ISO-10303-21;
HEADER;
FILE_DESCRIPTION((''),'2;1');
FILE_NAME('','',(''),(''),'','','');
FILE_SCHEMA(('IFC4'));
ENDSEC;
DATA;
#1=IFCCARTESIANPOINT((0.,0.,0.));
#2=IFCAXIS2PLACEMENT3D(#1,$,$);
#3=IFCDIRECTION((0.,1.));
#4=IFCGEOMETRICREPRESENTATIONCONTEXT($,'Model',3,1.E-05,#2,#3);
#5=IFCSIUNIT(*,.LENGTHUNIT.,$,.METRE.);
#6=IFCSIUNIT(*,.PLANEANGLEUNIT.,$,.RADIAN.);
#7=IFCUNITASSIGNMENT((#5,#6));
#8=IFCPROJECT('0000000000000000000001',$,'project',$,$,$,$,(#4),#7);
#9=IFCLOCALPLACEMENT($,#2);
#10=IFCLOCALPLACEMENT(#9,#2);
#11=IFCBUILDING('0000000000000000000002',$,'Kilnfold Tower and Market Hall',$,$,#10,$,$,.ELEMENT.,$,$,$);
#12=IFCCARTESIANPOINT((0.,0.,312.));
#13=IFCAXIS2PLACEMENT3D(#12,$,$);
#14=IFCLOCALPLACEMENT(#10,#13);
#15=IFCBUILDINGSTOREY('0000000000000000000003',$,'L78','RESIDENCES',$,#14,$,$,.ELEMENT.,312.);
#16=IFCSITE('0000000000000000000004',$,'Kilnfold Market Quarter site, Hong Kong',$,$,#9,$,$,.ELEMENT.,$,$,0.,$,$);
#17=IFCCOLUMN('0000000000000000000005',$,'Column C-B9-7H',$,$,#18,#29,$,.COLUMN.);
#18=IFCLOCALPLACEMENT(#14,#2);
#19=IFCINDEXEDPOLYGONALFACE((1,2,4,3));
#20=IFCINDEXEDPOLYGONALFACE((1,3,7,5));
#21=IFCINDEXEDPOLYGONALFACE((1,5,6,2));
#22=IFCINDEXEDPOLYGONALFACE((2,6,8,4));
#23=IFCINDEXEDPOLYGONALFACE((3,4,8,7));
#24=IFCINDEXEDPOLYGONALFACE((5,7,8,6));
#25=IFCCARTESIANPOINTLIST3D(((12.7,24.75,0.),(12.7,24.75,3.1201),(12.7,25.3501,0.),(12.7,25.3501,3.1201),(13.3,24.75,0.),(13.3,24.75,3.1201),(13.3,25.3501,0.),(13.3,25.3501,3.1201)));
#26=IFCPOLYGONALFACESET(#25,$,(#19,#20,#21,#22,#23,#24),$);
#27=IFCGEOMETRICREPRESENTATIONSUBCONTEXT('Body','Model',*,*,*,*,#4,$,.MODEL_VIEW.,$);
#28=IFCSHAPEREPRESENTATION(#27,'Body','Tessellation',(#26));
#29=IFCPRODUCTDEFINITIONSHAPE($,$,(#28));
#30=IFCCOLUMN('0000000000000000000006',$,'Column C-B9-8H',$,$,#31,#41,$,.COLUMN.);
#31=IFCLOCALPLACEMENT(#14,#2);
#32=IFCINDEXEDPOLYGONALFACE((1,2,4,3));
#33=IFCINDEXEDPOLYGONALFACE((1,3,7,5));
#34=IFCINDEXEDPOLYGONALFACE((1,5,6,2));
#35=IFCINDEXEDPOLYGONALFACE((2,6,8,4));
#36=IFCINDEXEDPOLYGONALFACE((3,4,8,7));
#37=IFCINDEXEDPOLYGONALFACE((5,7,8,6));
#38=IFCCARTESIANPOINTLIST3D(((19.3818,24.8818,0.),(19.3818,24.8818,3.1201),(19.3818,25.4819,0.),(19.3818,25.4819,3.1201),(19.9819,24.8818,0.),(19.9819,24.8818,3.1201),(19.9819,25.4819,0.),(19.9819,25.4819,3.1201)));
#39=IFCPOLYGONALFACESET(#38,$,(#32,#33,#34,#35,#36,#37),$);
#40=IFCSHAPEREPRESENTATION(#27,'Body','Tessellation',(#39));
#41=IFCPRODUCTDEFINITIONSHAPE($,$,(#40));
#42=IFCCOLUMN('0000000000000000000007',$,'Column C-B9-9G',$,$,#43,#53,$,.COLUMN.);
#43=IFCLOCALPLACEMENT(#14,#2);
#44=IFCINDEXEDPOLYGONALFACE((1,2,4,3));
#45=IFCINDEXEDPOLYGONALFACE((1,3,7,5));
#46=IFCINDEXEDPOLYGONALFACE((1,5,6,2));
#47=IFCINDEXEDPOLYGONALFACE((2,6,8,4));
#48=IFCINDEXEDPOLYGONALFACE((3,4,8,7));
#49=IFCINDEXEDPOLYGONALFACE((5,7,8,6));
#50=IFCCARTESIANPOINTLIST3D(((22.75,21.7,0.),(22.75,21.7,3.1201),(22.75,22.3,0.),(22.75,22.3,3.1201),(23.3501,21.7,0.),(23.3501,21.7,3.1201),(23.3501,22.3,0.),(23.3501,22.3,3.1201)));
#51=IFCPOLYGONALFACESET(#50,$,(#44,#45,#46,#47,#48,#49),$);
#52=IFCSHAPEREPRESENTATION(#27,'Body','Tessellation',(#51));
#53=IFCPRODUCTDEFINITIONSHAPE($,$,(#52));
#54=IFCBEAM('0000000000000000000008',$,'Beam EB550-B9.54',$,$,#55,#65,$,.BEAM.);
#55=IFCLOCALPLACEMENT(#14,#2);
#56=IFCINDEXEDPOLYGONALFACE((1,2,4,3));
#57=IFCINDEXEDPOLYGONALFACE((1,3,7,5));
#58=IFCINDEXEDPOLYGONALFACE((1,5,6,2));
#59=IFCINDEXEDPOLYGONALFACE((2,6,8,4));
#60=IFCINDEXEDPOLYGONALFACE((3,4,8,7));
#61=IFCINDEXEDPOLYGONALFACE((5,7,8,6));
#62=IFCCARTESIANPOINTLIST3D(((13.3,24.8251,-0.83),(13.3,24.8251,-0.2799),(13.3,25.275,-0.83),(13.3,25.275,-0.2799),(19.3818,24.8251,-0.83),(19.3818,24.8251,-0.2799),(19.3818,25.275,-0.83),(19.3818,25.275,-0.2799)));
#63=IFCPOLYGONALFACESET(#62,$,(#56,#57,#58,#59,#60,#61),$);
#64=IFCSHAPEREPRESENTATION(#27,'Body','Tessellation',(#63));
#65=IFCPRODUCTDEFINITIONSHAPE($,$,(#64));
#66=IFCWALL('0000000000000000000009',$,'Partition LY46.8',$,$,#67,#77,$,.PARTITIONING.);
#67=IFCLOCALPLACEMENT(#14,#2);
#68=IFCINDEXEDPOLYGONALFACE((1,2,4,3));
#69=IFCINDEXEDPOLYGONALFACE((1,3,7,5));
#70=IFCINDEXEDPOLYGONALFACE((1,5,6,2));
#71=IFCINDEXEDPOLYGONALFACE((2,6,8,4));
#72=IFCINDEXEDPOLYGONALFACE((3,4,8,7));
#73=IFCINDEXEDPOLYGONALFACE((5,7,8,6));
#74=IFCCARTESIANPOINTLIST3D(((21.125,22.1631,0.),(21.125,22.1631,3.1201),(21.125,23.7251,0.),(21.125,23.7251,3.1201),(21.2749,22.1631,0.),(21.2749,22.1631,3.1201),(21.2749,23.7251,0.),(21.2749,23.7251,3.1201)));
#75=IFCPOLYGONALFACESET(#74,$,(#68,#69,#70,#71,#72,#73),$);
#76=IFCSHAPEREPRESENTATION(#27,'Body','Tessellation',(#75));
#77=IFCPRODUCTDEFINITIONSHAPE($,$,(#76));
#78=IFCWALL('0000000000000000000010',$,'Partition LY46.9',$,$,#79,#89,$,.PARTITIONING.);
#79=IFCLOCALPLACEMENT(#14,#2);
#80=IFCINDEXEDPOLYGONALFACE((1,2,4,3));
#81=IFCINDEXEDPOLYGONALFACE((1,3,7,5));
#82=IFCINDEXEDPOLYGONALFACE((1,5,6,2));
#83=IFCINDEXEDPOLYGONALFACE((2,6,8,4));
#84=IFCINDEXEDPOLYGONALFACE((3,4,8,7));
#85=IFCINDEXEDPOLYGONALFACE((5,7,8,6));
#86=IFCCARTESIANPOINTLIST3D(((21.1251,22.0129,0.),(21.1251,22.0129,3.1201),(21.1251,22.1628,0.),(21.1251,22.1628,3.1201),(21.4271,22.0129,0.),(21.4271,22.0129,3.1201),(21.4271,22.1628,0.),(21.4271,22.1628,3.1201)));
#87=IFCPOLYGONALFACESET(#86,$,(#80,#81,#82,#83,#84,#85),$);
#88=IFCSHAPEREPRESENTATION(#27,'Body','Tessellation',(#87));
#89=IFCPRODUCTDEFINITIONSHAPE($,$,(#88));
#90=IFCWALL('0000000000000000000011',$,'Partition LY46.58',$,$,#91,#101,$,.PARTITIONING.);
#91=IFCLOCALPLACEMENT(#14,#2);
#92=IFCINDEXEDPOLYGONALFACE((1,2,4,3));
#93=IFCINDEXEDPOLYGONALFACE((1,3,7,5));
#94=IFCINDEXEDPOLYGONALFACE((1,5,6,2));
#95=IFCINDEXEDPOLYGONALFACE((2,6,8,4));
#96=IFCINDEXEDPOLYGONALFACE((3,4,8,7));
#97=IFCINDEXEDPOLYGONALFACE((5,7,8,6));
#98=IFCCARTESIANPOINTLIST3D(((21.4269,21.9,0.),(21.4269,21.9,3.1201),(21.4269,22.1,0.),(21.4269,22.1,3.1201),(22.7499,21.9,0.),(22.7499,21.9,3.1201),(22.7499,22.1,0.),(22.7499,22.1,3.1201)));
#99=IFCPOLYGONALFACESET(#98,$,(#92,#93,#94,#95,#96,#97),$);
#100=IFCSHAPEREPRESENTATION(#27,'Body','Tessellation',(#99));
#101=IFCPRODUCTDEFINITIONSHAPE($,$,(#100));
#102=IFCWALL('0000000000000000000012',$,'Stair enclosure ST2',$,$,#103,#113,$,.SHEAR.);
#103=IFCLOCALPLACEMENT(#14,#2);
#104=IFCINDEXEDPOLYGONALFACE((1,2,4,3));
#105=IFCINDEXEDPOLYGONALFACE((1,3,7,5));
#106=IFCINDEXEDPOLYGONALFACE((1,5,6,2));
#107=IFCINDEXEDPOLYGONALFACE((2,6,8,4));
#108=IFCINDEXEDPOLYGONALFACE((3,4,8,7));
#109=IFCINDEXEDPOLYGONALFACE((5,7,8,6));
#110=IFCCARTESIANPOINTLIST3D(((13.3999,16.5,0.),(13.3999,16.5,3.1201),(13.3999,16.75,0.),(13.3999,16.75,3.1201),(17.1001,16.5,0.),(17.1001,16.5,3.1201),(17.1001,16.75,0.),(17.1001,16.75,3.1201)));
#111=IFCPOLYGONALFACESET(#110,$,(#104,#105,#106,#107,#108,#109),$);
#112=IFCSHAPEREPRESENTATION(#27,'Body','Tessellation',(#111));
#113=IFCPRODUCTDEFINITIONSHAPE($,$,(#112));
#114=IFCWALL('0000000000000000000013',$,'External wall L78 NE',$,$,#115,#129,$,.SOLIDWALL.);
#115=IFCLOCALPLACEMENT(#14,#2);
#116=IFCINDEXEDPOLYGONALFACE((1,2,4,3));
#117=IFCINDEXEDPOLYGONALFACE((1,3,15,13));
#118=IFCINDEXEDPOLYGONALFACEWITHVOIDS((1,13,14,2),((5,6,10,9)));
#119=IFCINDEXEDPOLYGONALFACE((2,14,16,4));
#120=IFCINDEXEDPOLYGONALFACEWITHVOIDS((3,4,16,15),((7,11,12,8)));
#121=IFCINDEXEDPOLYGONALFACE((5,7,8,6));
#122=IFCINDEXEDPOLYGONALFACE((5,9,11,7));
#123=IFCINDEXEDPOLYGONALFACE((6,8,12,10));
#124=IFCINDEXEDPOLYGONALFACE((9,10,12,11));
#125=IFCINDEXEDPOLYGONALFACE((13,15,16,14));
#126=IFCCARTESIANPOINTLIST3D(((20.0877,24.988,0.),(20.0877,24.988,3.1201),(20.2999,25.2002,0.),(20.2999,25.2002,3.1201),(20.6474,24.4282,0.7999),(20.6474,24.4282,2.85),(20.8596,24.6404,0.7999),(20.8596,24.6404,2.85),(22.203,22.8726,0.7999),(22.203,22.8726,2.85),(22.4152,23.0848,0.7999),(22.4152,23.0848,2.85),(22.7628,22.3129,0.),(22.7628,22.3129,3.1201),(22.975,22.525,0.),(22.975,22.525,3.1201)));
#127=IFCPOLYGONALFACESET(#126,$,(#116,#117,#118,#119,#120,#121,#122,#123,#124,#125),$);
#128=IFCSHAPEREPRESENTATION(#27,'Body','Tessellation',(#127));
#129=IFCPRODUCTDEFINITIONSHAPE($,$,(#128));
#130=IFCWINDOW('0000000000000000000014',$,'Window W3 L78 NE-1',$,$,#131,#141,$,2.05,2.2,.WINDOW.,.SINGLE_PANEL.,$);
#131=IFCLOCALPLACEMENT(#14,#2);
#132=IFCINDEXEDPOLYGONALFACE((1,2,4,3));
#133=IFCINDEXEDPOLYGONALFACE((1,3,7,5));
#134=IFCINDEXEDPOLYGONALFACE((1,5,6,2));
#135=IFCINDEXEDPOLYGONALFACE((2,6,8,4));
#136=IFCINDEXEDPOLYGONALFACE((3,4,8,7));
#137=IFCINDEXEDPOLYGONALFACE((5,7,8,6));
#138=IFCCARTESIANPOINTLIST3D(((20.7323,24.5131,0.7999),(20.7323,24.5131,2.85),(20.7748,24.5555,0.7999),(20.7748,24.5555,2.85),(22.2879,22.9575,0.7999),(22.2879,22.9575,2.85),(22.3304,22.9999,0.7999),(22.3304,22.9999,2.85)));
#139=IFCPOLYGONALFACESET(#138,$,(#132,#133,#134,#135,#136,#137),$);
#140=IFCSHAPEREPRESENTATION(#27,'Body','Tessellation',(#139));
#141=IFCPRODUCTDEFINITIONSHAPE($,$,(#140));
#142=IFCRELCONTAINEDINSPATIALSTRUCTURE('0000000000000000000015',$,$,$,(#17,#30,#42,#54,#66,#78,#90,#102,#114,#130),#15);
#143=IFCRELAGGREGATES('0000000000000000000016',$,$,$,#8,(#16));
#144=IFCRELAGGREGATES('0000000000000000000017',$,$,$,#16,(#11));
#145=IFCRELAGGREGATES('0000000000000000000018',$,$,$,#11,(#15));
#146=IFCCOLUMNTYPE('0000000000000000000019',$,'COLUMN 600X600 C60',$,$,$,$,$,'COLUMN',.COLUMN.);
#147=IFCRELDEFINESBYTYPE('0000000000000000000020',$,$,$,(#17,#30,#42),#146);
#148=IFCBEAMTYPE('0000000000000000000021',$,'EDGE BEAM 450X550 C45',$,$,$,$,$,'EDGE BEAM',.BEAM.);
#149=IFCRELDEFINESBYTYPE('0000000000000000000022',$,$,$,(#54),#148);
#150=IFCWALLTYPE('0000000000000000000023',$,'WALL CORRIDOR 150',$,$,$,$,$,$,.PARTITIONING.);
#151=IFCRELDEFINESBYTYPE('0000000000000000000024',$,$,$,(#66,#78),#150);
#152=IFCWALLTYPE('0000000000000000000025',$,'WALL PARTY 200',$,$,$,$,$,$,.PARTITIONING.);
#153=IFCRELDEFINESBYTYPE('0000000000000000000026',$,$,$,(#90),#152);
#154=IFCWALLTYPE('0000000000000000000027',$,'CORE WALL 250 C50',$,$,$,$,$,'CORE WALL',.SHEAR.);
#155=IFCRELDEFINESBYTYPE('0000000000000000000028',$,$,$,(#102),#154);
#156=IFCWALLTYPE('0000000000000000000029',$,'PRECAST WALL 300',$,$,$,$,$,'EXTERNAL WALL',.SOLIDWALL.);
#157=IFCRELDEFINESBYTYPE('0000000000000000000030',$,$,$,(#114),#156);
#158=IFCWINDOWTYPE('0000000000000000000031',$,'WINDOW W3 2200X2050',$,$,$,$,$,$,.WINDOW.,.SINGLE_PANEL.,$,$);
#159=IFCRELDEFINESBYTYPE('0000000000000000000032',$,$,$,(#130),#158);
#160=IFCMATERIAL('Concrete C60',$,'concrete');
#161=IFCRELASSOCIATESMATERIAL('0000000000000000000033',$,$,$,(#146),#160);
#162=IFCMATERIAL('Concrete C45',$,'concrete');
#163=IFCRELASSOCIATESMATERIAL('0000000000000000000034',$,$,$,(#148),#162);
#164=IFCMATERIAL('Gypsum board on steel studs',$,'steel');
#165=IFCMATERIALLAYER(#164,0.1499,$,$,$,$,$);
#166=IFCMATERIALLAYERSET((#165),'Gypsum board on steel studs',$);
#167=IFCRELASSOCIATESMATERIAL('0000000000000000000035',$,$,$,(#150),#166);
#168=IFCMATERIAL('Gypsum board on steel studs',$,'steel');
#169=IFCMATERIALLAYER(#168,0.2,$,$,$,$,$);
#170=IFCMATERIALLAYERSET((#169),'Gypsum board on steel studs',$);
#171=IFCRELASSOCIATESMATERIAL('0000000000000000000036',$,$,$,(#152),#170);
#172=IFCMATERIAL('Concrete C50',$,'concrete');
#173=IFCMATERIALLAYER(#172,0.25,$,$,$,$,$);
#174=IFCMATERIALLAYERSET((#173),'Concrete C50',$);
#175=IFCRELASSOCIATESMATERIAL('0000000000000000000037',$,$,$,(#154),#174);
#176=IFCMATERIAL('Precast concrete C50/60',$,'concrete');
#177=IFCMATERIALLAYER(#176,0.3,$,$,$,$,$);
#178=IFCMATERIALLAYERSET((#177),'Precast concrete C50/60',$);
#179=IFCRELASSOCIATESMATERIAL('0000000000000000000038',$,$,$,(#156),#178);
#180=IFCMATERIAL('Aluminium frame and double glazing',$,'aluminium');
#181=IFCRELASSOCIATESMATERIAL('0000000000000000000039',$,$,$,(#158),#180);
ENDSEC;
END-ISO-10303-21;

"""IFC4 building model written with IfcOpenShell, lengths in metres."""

from ifc_helpers import new_model, si_unit, direction, frame, frame_2d, origin, origin_2d, place, context, subcontext, project, spatial, rectangle, extrude, source, transform, mapped, material, layer, layer_set, material_profile, profile_set, type_object, element, fill, save


model = new_model("IFC4")

# Units and contexts
model_context = context("Model", 3, precision=1e-05, world=origin(), true_north=direction((0.0, 1.0)))
body_context = subcontext(model_context, "Body", "Model", "MODEL_VIEW")
ifc_project = project(units=[si_unit("LENGTHUNIT", "METRE"), si_unit("PLANEANGLEUNIT", "RADIAN")], contexts=[model_context])

# Site, building, storey
site_placement = place(None, origin())
site = spatial("IfcSite", under=ifc_project, at=site_placement, Name="Kilnfold Market Quarter site, Hong Kong", CompositionType="ELEMENT", RefElevation=0.0)
building_placement = place(site_placement, origin())
building = spatial("IfcBuilding", under=site, at=building_placement, Name="Kilnfold Tower and Market Hall", CompositionType="ELEMENT")
storey_placement = place(building_placement, frame((0.0, 0.0, 312.0)))
storey = spatial("IfcBuildingStorey", under=building, at=storey_placement, Name="L78", Description="RESIDENCES", CompositionType="ELEMENT", Elevation=312.0)

# Columns
ifc_material_1 = material(Name="Concrete C60", Category="concrete")
ifc_material_profile_1 = material_profile(ifc_material_1, rectangle(XDim=0.6001, YDim=0.6001, at=origin_2d()), Name="RC 600x600")
ifc_profile_set_1 = profile_set([ifc_material_profile_1], Name="Concrete C60")
column_type = type_object("IfcColumnType", Name="COLUMN 600X600 C60", ElementType="COLUMN", PredefinedType="COLUMN", material=ifc_profile_set_1)
shared_shape_1 = source(origin(), body_context, "Body", "SweptSolid", [
    extrude(rectangle(XDim=0.6001, YDim=0.6001, at=origin_2d()), origin(), (0.0, 0.0, 1.0), 3.1201),
])
for number, where, z_axis, x_axis, name in (
    (1, (13.0, 25.05, 0.0), (0.0, 0.0, 1.0), (1.0, 0.0, 0.0), "Column C-B9-7H"),
    (2, (19.6819, 25.1819, 0.0), (0.0, 0.0, 1.0), (1.0, 0.0, 0.0), "Column C-B9-8H"),
    (3, (23.05, 22.0, 0.0), (0.0, 0.0, 1.0), (1.0, 0.0, 0.0), "Column C-B9-9G"),
):
    element("IfcColumn", number, at=place(storey_placement, frame(where, z_axis=z_axis, x_axis=x_axis)), inside=storey, type_object=column_type, Name=name, PredefinedType="COLUMN", context=body_context, shape_type="MappedRepresentation", body=[
        mapped(shared_shape_1, transform((0.0, 0.0, 0.0))),
    ])

# Beam
ifc_material_2 = material(Name="Concrete C45", Category="concrete")
ifc_material_profile_2 = material_profile(ifc_material_2, rectangle(XDim=0.45, YDim=0.55, at=origin_2d()), Name="RC 450x550")
ifc_profile_set_2 = profile_set([ifc_material_profile_2], Name="Concrete C45")
beam_type = type_object("IfcBeamType", Name="EDGE BEAM 450X550 C45", ElementType="EDGE BEAM", PredefinedType="BEAM", material=ifc_profile_set_2)
shared_shape_2 = source(origin(), body_context, "Body", "SweptSolid", [
    extrude(rectangle(XDim=0.45, YDim=0.55, at=origin_2d()), origin(), (0.0, 0.0, 1.0), 6.0818),
])
beam_placement = place(storey_placement, frame((13.3, 25.05, -0.5549), z_axis=(1.0, 0.0, 0.0), x_axis=(0.0, 1.0, 0.0)))
element("IfcBeam", 4, at=beam_placement, inside=storey, type_object=beam_type, Name="Beam EB550-B9.54", PredefinedType="BEAM", context=body_context, shape_type="MappedRepresentation", body=[
    mapped(shared_shape_2, transform((0.0, 0.0, 0.0))),
])

# Walls
ifc_material_3 = material(Name="Gypsum board on steel studs", Category="steel")
ifc_layer_1 = layer(ifc_material_3, 0.1499)
ifc_layer_set_1 = layer_set([ifc_layer_1], Name="Gypsum board on steel studs")
wall_type_1 = type_object("IfcWallType", Name="WALL CORRIDOR 150", PredefinedType="PARTITIONING", material=ifc_layer_set_1)
wall_1_placement = place(storey_placement, frame((21.2, 22.1631, 0.0), z_axis=(0.0, 0.0, 1.0), x_axis=(0.0, 1.0, 0.0)))
element("IfcWall", 5, at=wall_1_placement, inside=storey, type_object=wall_type_1, Name="Partition LY46.8", PredefinedType="PARTITIONING", context=body_context, shape_type="SweptSolid", body=[
    extrude(rectangle(XDim=1.562, YDim=0.1499, at=frame_2d((0.781, 0.0))), origin(), (0.0, 0.0, 1.0), 3.1201),
])
wall_2_placement = place(storey_placement, frame((21.427, 22.0879, 0.0), z_axis=(0.0, 0.0, 1.0), x_axis=(-1.0, 0.0, 0.0)))
element("IfcWall", 6, at=wall_2_placement, inside=storey, type_object=wall_type_1, Name="Partition LY46.9", PredefinedType="PARTITIONING", context=body_context, shape_type="SweptSolid", body=[
    extrude(rectangle(XDim=0.302, YDim=0.1499, at=frame_2d((0.1509, 0.0))), origin(), (0.0, 0.0, 1.0), 3.1201),
])
ifc_material_4 = material(Name="Gypsum board on steel studs", Category="steel")
ifc_layer_2 = layer(ifc_material_4, 0.2)
ifc_layer_set_2 = layer_set([ifc_layer_2], Name="Gypsum board on steel studs")
wall_type_2 = type_object("IfcWallType", Name="WALL PARTY 200", PredefinedType="PARTITIONING", material=ifc_layer_set_2)
wall_3_placement = place(storey_placement, frame((22.75, 22.0, 0.0), z_axis=(0.0, 0.0, 1.0), x_axis=(-1.0, 0.0, 0.0)))
element("IfcWall", 7, at=wall_3_placement, inside=storey, type_object=wall_type_2, Name="Partition LY46.58", PredefinedType="PARTITIONING", context=body_context, shape_type="SweptSolid", body=[
    extrude(rectangle(XDim=1.323, YDim=0.2, at=frame_2d((0.6616, 0.0))), origin(), (0.0, 0.0, 1.0), 3.1201),
])
ifc_material_5 = material(Name="Concrete C50", Category="concrete")
ifc_layer_3 = layer(ifc_material_5, 0.25)
ifc_layer_set_3 = layer_set([ifc_layer_3], Name="Concrete C50")
wall_type_3 = type_object("IfcWallType", Name="CORE WALL 250 C50", ElementType="CORE WALL", PredefinedType="SHEAR", material=ifc_layer_set_3)
shared_shape_3 = source(origin(), body_context, "Body", "SweptSolid", [
    extrude(rectangle(XDim=3.7002, YDim=0.25, at=frame_2d((1.8501, 0.0))), origin(), (0.0, 0.0, 1.0), 3.1201),
])
wall_4_placement = place(storey_placement, frame((13.3999, 16.625, 0.0), z_axis=(0.0, 0.0, 1.0), x_axis=(1.0, 0.0, 0.0)))
element("IfcWall", 8, at=wall_4_placement, inside=storey, type_object=wall_type_3, Name="Stair enclosure ST2", PredefinedType="SHEAR", context=body_context, shape_type="MappedRepresentation", body=[
    mapped(shared_shape_3, transform((0.0, 0.0, 0.0))),
])

# Wall, opening, window
ifc_material_6 = material(Name="Precast concrete C50/60", Category="concrete")
ifc_layer_4 = layer(ifc_material_6, 0.3)
ifc_layer_set_4 = layer_set([ifc_layer_4], Name="Precast concrete C50/60")
wall_type_4 = type_object("IfcWallType", Name="PRECAST WALL 300", ElementType="EXTERNAL WALL", PredefinedType="SOLIDWALL", material=ifc_layer_set_4)
shared_shape_4 = source(origin(), body_context, "Body", "SweptSolid", [
    extrude(rectangle(XDim=3.7832, YDim=0.3, at=frame_2d((1.8916, 0.0))), origin(), (0.0, 0.0, 1.0), 3.1201),
])
wall_5_placement = place(storey_placement, frame((22.8689, 22.4189, 0.0), z_axis=(0.0, 0.0, 1.0), x_axis=(-0.707107, 0.707107, 0.0)))
wall_5 = element("IfcWall", 9, at=wall_5_placement, inside=storey, type_object=wall_type_4, Name="External wall L78 NE", PredefinedType="SOLIDWALL", context=body_context, shape_type="MappedRepresentation", body=[
    mapped(shared_shape_4, transform((0.0, 0.0, 0.0))),
])
opening_1_placement = place(wall_5_placement, frame((0.7915, 0.0, 0.8)))
opening_1 = element("IfcOpeningElement", 10, at=opening_1_placement, cuts=wall_5, PredefinedType="OPENING", context=body_context, shape_type="SweptSolid", body=[
    extrude(rectangle(XDim=2.2, YDim=2.05, at=frame_2d((1.1001, 1.0249))), frame((0.0, 0.1602, 0.0), z_axis=(0.0, -1.0, 0.0), x_axis=(1.0, 0.0, 0.0)), (0.0, 0.0, 1.0), 0.3201),
])
ifc_material_7 = material(Name="Aluminium frame and double glazing", Category="aluminium")
window_type = type_object("IfcWindowType", Name="WINDOW W3 2200X2050", PartitioningType="SINGLE_PANEL", PredefinedType="WINDOW", material=ifc_material_7)
window_1_placement = place(opening_1_placement, origin())
window_1 = element("IfcWindow", 11, at=window_1_placement, inside=storey, type_object=window_type, Name="Window W3 L78 NE-1", OverallHeight=2.05, OverallWidth=2.2, PartitioningType="SINGLE_PANEL", PredefinedType="WINDOW", context=body_context, shape_type="SweptSolid", body=[
    extrude(rectangle(XDim=2.2, YDim=2.05, at=frame_2d((1.1001, 1.0249))), frame((0.0, 0.03, 0.0), z_axis=(0.0, -1.0, 0.0), x_axis=(1.0, 0.0, 0.0)), (0.0, 0.0, 1.0), 0.0601),
])
fill(opening_1, window_1)

save(model, "model.ifc")
